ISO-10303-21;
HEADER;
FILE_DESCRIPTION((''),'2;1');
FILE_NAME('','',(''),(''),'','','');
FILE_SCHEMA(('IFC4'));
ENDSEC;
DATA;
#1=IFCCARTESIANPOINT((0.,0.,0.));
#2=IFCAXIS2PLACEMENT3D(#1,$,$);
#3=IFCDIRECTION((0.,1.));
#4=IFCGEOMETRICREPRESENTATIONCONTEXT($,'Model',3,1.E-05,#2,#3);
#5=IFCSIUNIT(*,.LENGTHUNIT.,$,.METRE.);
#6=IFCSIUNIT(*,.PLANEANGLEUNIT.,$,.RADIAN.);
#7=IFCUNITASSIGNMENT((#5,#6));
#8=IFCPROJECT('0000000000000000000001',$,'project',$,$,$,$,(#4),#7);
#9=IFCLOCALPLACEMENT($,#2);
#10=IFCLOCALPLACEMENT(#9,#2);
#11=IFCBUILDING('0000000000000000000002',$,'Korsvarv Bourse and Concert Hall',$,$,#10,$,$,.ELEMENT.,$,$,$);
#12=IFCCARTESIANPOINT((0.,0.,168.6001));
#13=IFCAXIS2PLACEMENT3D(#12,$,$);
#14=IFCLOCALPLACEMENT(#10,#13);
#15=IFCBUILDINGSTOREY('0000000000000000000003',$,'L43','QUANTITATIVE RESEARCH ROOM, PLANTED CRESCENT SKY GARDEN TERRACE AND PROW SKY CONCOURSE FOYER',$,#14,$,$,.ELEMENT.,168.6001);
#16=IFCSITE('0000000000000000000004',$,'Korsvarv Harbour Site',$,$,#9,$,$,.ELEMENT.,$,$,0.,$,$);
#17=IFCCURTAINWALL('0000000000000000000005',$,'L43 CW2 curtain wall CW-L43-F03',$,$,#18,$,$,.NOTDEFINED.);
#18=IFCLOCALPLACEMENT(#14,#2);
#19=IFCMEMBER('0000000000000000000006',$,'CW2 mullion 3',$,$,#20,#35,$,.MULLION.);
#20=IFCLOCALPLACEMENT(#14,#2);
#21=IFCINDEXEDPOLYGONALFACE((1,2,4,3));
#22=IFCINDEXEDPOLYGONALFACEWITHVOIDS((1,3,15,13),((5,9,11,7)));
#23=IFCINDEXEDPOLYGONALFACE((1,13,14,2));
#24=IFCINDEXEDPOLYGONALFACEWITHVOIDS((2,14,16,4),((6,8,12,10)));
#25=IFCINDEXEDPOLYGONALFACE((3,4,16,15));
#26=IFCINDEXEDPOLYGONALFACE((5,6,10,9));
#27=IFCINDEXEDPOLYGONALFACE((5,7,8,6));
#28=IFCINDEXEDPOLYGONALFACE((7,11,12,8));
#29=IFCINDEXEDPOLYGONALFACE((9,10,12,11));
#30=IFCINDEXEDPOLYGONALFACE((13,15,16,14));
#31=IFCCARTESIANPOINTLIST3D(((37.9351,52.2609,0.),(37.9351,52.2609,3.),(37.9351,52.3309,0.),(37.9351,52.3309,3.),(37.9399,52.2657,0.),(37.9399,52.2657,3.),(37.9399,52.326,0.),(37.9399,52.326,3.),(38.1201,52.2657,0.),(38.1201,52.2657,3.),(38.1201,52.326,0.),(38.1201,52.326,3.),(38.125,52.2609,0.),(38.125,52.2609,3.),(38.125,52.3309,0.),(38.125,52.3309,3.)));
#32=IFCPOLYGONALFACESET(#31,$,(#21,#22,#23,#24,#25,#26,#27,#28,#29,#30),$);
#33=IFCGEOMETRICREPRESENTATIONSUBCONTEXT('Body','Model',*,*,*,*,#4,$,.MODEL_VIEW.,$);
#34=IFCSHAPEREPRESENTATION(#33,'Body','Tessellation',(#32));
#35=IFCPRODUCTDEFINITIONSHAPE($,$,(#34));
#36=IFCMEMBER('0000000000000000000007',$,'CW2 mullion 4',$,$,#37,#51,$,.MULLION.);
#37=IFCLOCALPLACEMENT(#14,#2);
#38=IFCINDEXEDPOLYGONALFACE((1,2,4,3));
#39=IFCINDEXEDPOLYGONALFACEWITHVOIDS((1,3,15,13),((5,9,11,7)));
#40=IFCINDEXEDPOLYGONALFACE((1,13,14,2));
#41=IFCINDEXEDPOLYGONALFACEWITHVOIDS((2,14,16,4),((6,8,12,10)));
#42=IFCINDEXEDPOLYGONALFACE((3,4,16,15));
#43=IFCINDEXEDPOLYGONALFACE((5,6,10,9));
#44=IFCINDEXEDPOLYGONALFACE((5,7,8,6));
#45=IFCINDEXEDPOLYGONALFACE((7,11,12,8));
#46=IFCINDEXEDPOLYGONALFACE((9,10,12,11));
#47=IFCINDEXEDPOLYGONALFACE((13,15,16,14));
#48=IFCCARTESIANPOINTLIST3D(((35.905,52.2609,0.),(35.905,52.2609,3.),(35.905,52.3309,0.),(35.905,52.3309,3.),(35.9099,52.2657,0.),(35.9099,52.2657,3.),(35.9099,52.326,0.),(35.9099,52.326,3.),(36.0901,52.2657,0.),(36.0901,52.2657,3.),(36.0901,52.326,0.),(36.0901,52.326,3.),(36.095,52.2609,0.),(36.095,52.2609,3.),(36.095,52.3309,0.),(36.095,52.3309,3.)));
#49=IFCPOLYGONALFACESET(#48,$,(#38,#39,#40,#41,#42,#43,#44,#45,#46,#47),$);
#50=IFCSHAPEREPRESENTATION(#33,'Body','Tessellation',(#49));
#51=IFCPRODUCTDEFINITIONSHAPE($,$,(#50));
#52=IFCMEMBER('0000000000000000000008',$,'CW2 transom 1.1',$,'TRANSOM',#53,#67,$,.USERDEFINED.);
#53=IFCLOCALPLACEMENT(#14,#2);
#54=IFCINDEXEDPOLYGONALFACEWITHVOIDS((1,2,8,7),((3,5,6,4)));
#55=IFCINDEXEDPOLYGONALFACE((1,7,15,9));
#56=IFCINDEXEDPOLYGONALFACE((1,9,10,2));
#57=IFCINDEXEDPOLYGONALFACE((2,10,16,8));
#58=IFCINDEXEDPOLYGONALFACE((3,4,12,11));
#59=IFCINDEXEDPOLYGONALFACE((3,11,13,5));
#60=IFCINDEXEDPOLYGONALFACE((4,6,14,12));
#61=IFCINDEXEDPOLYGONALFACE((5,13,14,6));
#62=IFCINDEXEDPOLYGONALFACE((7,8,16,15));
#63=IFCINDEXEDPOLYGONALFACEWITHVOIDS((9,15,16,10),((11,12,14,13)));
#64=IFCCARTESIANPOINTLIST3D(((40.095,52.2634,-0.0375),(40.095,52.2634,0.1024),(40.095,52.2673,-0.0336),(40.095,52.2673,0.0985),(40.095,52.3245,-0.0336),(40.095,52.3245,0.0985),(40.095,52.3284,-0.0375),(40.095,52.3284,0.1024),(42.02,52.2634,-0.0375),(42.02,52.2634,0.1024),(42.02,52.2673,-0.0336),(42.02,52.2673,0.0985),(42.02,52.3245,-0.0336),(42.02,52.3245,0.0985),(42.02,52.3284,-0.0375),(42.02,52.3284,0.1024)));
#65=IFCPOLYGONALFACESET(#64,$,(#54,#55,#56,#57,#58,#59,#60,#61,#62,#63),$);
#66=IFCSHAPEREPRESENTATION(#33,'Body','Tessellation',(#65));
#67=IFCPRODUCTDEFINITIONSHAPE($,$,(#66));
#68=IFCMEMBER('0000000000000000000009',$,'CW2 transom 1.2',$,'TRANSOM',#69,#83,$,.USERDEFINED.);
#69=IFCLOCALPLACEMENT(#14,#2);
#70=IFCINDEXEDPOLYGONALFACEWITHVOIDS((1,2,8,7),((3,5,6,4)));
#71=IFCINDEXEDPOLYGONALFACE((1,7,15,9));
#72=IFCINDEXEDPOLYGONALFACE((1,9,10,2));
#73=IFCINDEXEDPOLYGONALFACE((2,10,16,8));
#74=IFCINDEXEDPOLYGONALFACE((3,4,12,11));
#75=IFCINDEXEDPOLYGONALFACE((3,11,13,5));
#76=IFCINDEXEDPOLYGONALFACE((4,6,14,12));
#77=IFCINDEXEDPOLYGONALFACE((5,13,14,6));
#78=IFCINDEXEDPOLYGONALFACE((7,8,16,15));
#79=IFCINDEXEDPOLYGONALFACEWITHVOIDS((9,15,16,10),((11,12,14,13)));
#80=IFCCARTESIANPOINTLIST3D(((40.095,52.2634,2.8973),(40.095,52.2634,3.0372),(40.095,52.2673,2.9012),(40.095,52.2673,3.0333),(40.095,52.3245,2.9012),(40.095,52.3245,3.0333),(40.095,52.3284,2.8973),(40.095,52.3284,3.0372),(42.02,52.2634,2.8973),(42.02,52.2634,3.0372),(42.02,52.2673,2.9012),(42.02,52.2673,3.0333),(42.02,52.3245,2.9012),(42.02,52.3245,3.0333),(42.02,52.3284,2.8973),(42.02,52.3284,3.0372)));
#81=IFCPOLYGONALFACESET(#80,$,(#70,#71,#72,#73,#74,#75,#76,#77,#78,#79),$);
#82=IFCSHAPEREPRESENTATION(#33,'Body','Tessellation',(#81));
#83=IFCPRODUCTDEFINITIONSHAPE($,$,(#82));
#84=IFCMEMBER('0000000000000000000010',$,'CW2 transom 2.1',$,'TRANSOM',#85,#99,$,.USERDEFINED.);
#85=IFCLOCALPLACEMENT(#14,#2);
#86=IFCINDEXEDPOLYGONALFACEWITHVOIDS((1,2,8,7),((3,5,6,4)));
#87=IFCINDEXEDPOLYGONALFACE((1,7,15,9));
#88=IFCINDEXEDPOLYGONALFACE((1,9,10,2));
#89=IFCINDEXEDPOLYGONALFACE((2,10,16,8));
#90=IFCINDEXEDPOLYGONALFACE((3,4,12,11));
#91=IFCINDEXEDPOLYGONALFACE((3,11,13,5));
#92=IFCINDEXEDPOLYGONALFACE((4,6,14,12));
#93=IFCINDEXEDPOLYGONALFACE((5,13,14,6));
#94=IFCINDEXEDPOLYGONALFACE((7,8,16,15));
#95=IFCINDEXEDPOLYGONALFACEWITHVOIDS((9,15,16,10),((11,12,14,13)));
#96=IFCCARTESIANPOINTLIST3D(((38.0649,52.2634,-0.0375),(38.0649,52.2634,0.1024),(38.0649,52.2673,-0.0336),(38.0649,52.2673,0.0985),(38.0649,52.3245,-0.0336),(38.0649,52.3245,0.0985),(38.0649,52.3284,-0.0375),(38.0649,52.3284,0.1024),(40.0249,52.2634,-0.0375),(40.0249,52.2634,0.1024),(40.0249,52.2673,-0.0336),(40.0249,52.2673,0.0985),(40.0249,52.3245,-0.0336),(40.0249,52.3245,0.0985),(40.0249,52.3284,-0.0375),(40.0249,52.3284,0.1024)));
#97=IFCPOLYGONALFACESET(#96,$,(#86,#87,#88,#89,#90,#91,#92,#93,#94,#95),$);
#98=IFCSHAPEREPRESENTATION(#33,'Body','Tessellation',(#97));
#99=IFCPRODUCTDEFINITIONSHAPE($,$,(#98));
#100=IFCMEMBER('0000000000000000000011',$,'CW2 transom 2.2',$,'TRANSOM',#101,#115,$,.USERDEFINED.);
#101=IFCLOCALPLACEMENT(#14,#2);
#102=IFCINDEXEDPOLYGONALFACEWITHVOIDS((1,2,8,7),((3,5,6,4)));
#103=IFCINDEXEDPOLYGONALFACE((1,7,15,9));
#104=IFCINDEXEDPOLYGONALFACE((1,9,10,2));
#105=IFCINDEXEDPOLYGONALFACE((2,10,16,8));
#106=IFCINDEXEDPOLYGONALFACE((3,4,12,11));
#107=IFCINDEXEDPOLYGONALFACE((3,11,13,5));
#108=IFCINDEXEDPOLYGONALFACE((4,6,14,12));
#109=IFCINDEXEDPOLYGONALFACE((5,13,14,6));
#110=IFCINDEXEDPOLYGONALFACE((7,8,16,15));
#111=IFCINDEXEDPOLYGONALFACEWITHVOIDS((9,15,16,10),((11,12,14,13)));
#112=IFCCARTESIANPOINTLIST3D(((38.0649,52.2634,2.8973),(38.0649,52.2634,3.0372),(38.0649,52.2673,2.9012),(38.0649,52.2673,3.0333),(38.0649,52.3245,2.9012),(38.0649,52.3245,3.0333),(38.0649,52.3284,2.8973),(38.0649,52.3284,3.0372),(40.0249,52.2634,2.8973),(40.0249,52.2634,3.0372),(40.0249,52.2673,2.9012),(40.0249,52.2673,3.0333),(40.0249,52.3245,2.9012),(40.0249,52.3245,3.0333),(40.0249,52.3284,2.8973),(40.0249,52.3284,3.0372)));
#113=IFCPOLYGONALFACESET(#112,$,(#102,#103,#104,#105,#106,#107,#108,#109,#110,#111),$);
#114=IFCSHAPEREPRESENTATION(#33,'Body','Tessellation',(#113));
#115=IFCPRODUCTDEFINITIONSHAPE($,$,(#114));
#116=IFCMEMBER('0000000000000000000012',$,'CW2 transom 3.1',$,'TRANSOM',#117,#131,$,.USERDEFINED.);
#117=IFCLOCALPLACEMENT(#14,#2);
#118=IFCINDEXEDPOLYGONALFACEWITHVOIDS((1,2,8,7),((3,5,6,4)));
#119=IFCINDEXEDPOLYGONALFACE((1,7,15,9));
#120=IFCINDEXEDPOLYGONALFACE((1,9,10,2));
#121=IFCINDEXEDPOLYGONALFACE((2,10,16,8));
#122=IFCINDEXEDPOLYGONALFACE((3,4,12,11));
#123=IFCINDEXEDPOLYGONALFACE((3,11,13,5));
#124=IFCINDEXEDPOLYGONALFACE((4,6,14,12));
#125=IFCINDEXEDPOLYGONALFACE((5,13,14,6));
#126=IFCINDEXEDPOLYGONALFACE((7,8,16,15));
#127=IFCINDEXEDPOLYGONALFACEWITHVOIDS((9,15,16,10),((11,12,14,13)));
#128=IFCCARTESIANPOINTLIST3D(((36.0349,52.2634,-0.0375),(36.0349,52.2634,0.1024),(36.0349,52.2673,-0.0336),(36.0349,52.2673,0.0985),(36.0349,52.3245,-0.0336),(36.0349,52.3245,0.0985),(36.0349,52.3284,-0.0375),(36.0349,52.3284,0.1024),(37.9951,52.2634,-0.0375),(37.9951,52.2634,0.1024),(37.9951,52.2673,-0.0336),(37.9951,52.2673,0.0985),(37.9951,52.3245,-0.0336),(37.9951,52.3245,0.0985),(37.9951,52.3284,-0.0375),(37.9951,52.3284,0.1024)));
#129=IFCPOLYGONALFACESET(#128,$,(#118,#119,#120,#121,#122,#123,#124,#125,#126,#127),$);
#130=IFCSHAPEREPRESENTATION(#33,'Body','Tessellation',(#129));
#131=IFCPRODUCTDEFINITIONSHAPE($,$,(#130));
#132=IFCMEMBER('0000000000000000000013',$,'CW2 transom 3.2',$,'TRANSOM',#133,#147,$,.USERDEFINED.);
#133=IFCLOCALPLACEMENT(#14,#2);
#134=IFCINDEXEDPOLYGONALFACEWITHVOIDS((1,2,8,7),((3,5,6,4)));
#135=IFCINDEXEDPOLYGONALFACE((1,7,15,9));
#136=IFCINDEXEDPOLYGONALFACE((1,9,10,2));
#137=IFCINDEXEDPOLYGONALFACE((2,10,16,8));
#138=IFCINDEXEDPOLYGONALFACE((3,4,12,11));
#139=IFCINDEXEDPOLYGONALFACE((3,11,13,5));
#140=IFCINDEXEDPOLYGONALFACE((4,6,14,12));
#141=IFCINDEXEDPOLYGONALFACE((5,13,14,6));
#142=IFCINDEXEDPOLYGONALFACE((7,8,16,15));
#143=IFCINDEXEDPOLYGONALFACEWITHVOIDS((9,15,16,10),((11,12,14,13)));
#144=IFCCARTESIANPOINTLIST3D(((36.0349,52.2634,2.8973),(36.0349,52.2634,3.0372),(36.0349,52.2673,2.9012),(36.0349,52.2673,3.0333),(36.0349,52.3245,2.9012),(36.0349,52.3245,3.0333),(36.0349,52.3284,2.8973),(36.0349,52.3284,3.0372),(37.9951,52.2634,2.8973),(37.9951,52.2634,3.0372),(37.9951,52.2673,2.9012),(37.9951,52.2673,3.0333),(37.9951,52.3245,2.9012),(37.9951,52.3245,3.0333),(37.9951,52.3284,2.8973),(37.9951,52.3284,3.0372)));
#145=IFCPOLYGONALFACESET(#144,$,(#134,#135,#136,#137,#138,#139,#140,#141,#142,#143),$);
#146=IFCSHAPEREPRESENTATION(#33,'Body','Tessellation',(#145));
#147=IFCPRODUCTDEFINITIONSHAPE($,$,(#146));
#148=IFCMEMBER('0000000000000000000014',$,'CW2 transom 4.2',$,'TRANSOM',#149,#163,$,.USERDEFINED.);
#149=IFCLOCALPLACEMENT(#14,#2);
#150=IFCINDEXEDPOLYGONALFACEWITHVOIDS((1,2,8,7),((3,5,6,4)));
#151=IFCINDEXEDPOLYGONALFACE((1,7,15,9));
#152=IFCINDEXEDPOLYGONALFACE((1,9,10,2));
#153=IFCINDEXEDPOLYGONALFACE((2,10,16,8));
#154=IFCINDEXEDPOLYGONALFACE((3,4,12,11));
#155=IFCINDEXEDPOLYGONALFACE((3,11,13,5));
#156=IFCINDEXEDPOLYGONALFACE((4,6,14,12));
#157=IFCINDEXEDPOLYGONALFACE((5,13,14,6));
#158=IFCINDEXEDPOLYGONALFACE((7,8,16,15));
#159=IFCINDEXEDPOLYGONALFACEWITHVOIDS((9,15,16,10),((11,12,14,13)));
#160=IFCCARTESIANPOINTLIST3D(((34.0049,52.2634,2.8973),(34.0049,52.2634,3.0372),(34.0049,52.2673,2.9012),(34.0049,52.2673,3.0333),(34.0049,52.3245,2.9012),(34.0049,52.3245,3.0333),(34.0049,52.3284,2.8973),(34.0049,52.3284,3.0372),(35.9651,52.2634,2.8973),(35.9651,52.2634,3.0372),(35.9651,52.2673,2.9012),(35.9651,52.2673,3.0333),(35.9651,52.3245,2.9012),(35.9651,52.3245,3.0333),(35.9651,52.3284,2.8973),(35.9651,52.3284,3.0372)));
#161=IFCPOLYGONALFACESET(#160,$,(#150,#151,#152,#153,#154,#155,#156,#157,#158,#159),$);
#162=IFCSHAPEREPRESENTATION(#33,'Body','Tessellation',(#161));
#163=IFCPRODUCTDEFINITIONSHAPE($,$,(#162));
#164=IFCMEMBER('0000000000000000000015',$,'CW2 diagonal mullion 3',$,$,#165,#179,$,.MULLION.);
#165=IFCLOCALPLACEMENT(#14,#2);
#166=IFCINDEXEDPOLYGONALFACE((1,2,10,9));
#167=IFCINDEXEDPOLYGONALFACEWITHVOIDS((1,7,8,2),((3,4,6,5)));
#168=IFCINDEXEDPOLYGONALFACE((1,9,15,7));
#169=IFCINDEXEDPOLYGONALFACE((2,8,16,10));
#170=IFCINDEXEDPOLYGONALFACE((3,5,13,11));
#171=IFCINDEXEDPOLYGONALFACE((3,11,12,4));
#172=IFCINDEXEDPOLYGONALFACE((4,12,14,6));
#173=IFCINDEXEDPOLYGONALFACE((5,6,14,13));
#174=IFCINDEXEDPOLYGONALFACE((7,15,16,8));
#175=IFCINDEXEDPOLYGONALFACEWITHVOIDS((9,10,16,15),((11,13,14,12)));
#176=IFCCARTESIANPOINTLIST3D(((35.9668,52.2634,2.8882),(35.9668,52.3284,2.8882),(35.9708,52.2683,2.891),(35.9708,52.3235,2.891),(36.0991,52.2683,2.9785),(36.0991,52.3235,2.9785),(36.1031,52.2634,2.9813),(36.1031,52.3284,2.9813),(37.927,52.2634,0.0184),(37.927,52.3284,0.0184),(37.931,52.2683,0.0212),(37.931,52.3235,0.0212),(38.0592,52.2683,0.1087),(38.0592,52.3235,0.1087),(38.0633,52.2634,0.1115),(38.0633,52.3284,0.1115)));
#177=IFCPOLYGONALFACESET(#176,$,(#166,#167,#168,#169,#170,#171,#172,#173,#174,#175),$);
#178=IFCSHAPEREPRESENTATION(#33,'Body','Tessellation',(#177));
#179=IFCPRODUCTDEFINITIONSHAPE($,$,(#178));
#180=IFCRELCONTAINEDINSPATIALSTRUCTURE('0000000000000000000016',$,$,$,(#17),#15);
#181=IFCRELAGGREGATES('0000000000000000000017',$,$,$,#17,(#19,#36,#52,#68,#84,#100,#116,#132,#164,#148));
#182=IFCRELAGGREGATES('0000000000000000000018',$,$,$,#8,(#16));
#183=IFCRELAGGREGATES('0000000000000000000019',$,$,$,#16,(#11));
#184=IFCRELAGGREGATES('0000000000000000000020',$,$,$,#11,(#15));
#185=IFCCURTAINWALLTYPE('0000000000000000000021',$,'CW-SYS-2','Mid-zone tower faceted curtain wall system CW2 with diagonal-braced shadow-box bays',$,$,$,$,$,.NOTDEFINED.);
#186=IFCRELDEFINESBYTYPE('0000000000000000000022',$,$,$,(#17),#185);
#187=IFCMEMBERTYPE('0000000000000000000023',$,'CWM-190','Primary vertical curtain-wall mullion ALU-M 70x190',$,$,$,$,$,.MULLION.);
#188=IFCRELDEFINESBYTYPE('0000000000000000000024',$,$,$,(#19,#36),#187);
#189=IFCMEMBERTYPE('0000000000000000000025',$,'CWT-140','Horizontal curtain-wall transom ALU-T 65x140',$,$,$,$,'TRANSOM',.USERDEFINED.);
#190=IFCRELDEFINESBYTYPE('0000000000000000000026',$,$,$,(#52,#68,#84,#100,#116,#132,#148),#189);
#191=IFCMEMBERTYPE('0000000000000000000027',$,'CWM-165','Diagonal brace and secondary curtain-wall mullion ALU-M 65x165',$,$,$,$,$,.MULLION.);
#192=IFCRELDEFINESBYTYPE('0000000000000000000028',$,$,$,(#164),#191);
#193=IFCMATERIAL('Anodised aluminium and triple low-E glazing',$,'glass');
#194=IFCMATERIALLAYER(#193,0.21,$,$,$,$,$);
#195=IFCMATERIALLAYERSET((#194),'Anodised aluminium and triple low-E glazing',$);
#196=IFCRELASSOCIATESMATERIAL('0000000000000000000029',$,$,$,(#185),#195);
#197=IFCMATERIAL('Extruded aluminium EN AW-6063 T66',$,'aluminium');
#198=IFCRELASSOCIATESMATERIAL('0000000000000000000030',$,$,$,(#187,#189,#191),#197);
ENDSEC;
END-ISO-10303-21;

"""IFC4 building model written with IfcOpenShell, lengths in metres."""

from ifc_helpers import new_model, si_unit, direction, frame, origin, origin_2d, place, context, subcontext, project, spatial, hollow_rectangle, extrude, source, transform, mapped, material, layer, layer_set, material_profile, profile_set, type_object, element, aggregate, save


model = new_model("IFC4")

# Units and contexts
model_context = context("Model", 3, precision=1e-05, world=origin(), true_north=direction((0.0, 1.0)))
body_context = subcontext(model_context, "Body", "Model", "MODEL_VIEW")
ifc_project = project(units=[si_unit("LENGTHUNIT", "METRE"), si_unit("PLANEANGLEUNIT", "RADIAN")], contexts=[model_context])

# Site, building, storey
site_placement = place(None, origin())
site = spatial("IfcSite", under=ifc_project, at=site_placement, Name="Korsvarv Harbour Site", CompositionType="ELEMENT", RefElevation=0.0)
building_placement = place(site_placement, origin())
building = spatial("IfcBuilding", under=site, at=building_placement, Name="Korsvarv Bourse and Concert Hall", CompositionType="ELEMENT")
storey_placement = place(building_placement, frame((0.0, 0.0, 168.6001)))
storey = spatial("IfcBuildingStorey", under=building, at=storey_placement, Name="L43", Description="QUANTITATIVE RESEARCH ROOM, PLANTED CRESCENT SKY GARDEN TERRACE AND PROW SKY CONCOURSE FOYER", CompositionType="ELEMENT", Elevation=168.6001)

# Curtain wall, members
ifc_material_1 = material(Name="Anodised aluminium and triple low-E glazing", Category="glass")
ifc_layer_1 = layer(ifc_material_1, 0.21)
ifc_layer_set_1 = layer_set([ifc_layer_1], Name="Anodised aluminium and triple low-E glazing")
curtain_wall_type = type_object("IfcCurtainWallType", Name="CW-SYS-2", Description="Mid-zone tower faceted curtain wall system CW2 with diagonal-braced shadow-box bays", PredefinedType="NOTDEFINED", material=ifc_layer_set_1)
curtain_wall_placement = place(storey_placement, origin())
curtain_wall = element("IfcCurtainWall", 1, at=curtain_wall_placement, inside=storey, type_object=curtain_wall_type, Name="L43 CW2 curtain wall CW-L43-F03", PredefinedType="NOTDEFINED")
ifc_material_2 = material(Name="Extruded aluminium EN AW-6063 T66", Category="aluminium")
ifc_material_profile_1 = material_profile(ifc_material_2, hollow_rectangle(XDim=0.0701, YDim=0.1899, WallThickness=0.0049, at=origin_2d()), Name="ALU-M 70x190")
ifc_profile_set_1 = profile_set([ifc_material_profile_1], Name="Extruded aluminium EN AW-6063 T66")
member_type_1 = type_object("IfcMemberType", Name="CWM-190", Description="Primary vertical curtain-wall mullion ALU-M 70x190", PredefinedType="MULLION", material=ifc_profile_set_1)
shared_shape_1 = source(origin(), body_context, "Body", "SweptSolid", [
    extrude(hollow_rectangle(XDim=0.0701, YDim=0.1899, WallThickness=0.0049, at=origin_2d()), origin(), (0.0, 0.0, 1.0), 3.0),
])
member_1_placement = place(storey_placement, frame((38.03, 52.2959, 0.0), z_axis=(0.0, 0.0, 1.0), x_axis=(0.0, -1.0, 0.0)))
member_1 = element("IfcMember", 2, at=member_1_placement, type_object=member_type_1, Name="CW2 mullion 3", PredefinedType="MULLION", context=body_context, shape_type="MappedRepresentation", body=[
    mapped(shared_shape_1, transform((0.0, 0.0, 0.0), scale=1.0)),
])
member_2_placement = place(storey_placement, frame((36.0, 52.2959, 0.0), z_axis=(0.0, 0.0, 1.0), x_axis=(0.0, -1.0, 0.0)))
member_2 = element("IfcMember", 3, at=member_2_placement, type_object=member_type_1, Name="CW2 mullion 4", PredefinedType="MULLION", context=body_context, shape_type="MappedRepresentation", body=[
    mapped(shared_shape_1, transform((0.0, 0.0, 0.0), scale=1.0)),
])
ifc_material_profile_2 = material_profile(ifc_material_2, hollow_rectangle(XDim=0.0649, YDim=0.1399, WallThickness=0.0039, at=origin_2d()), Name="ALU-T 65x140")
ifc_profile_set_2 = profile_set([ifc_material_profile_2], Name="Extruded aluminium EN AW-6063 T66")
member_type_2 = type_object("IfcMemberType", Name="CWT-140", Description="Horizontal curtain-wall transom ALU-T 65x140", ElementType="TRANSOM", PredefinedType="USERDEFINED", material=ifc_profile_set_2)
shared_shape_2 = source(origin(), body_context, "Body", "SweptSolid", [
    extrude(hollow_rectangle(XDim=0.0649, YDim=0.1399, WallThickness=0.0039, at=origin_2d()), origin(), (0.0, 0.0, 1.0), 1.925),
])
member_3_placement = place(storey_placement, frame((42.02, 52.2959, 0.0325), z_axis=(-1.0, 0.0, 0.0), x_axis=(0.0, -1.0, 0.0)))
member_3 = element("IfcMember", 4, at=member_3_placement, type_object=member_type_2, Name="CW2 transom 1.1", ObjectType="TRANSOM", PredefinedType="USERDEFINED", context=body_context, shape_type="MappedRepresentation", body=[
    mapped(shared_shape_2, transform((0.0, 0.0, 0.0), scale=1.0)),
])
member_4_placement = place(storey_placement, frame((42.02, 52.2959, 2.9673), z_axis=(-1.0, 0.0, 0.0), x_axis=(0.0, -1.0, 0.0)))
member_4 = element("IfcMember", 5, at=member_4_placement, type_object=member_type_2, Name="CW2 transom 1.2", ObjectType="TRANSOM", PredefinedType="USERDEFINED", context=body_context, shape_type="MappedRepresentation", body=[
    mapped(shared_shape_2, transform((0.0, 0.0, 0.0), scale=1.0)),
])
shared_shape_3 = source(origin(), body_context, "Body", "SweptSolid", [
    extrude(hollow_rectangle(XDim=0.0649, YDim=0.1399, WallThickness=0.0039, at=origin_2d()), origin(), (0.0, 0.0, 1.0), 1.96),
])
member_5_placement = place(storey_placement, frame((40.0249, 52.2959, 0.0325), z_axis=(-1.0, 0.0, 0.0), x_axis=(0.0, -1.0, 0.0)))
member_5 = element("IfcMember", 6, at=member_5_placement, type_object=member_type_2, Name="CW2 transom 2.1", ObjectType="TRANSOM", PredefinedType="USERDEFINED", context=body_context, shape_type="MappedRepresentation", body=[
    mapped(shared_shape_3, transform((0.0, 0.0, 0.0), scale=1.0)),
])
member_6_placement = place(storey_placement, frame((40.0249, 52.2959, 2.9673), z_axis=(-1.0, 0.0, 0.0), x_axis=(0.0, -1.0, 0.0)))
member_6 = element("IfcMember", 7, at=member_6_placement, type_object=member_type_2, Name="CW2 transom 2.2", ObjectType="TRANSOM", PredefinedType="USERDEFINED", context=body_context, shape_type="MappedRepresentation", body=[
    mapped(shared_shape_3, transform((0.0, 0.0, 0.0), scale=1.0)),
])
shared_shape_4 = source(origin(), body_context, "Body", "SweptSolid", [
    extrude(hollow_rectangle(XDim=0.0649, YDim=0.1399, WallThickness=0.0039, at=origin_2d()), origin(), (0.0, 0.0, 1.0), 1.9602),
])
member_7_placement = place(storey_placement, frame((37.9951, 52.2959, 0.0325), z_axis=(-1.0, 0.0, 0.0), x_axis=(0.0, -1.0, 0.0)))
member_7 = element("IfcMember", 8, at=member_7_placement, type_object=member_type_2, Name="CW2 transom 3.1", ObjectType="TRANSOM", PredefinedType="USERDEFINED", context=body_context, shape_type="MappedRepresentation", body=[
    mapped(shared_shape_4, transform((0.0, 0.0, 0.0), scale=1.0)),
])
member_8_placement = place(storey_placement, frame((37.9951, 52.2959, 2.9673), z_axis=(-1.0, 0.0, 0.0), x_axis=(0.0, -1.0, 0.0)))
member_8 = element("IfcMember", 9, at=member_8_placement, type_object=member_type_2, Name="CW2 transom 3.2", ObjectType="TRANSOM", PredefinedType="USERDEFINED", context=body_context, shape_type="MappedRepresentation", body=[
    mapped(shared_shape_4, transform((0.0, 0.0, 0.0), scale=1.0)),
])
member_9_placement = place(storey_placement, frame((35.9651, 52.2959, 2.9673), z_axis=(-1.0, 0.0, 0.0), x_axis=(0.0, -1.0, 0.0)))
member_9 = element("IfcMember", 10, at=member_9_placement, type_object=member_type_2, Name="CW2 transom 4.2", ObjectType="TRANSOM", PredefinedType="USERDEFINED", context=body_context, shape_type="MappedRepresentation", body=[
    mapped(shared_shape_4, transform((0.0, 0.0, 0.0), scale=1.0)),
])
ifc_material_profile_3 = material_profile(ifc_material_2, hollow_rectangle(XDim=0.0649, YDim=0.165, WallThickness=0.0049, at=origin_2d()), Name="ALU-M 65x165")
ifc_profile_set_3 = profile_set([ifc_material_profile_3], Name="Extruded aluminium EN AW-6063 T66")
member_type_3 = type_object("IfcMemberType", Name="CWM-165", Description="Diagonal brace and secondary curtain-wall mullion ALU-M 65x165", PredefinedType="MULLION", material=ifc_profile_set_3)
shared_shape_5 = source(origin(), body_context, "Body", "SweptSolid", [
    extrude(hollow_rectangle(XDim=0.0649, YDim=0.165, WallThickness=0.0049, at=origin_2d()), origin(), (0.0, 0.0, 1.0), 3.4753),
])
member_10_placement = place(storey_placement, frame((37.9951, 52.2959, 0.0649), z_axis=(-0.564019, 0.0, 0.825762), x_axis=(0.0, -1.0, 0.0)))
member_10 = element("IfcMember", 11, at=member_10_placement, type_object=member_type_3, Name="CW2 diagonal mullion 3", PredefinedType="MULLION", context=body_context, shape_type="MappedRepresentation", body=[
    mapped(shared_shape_5, transform((0.0, 0.0, 0.0), scale=1.0)),
])
aggregate(curtain_wall, [member_1, member_2, member_3, member_4, member_5, member_6, member_7, member_8, member_10, member_9])

save(model, "model.ifc")
